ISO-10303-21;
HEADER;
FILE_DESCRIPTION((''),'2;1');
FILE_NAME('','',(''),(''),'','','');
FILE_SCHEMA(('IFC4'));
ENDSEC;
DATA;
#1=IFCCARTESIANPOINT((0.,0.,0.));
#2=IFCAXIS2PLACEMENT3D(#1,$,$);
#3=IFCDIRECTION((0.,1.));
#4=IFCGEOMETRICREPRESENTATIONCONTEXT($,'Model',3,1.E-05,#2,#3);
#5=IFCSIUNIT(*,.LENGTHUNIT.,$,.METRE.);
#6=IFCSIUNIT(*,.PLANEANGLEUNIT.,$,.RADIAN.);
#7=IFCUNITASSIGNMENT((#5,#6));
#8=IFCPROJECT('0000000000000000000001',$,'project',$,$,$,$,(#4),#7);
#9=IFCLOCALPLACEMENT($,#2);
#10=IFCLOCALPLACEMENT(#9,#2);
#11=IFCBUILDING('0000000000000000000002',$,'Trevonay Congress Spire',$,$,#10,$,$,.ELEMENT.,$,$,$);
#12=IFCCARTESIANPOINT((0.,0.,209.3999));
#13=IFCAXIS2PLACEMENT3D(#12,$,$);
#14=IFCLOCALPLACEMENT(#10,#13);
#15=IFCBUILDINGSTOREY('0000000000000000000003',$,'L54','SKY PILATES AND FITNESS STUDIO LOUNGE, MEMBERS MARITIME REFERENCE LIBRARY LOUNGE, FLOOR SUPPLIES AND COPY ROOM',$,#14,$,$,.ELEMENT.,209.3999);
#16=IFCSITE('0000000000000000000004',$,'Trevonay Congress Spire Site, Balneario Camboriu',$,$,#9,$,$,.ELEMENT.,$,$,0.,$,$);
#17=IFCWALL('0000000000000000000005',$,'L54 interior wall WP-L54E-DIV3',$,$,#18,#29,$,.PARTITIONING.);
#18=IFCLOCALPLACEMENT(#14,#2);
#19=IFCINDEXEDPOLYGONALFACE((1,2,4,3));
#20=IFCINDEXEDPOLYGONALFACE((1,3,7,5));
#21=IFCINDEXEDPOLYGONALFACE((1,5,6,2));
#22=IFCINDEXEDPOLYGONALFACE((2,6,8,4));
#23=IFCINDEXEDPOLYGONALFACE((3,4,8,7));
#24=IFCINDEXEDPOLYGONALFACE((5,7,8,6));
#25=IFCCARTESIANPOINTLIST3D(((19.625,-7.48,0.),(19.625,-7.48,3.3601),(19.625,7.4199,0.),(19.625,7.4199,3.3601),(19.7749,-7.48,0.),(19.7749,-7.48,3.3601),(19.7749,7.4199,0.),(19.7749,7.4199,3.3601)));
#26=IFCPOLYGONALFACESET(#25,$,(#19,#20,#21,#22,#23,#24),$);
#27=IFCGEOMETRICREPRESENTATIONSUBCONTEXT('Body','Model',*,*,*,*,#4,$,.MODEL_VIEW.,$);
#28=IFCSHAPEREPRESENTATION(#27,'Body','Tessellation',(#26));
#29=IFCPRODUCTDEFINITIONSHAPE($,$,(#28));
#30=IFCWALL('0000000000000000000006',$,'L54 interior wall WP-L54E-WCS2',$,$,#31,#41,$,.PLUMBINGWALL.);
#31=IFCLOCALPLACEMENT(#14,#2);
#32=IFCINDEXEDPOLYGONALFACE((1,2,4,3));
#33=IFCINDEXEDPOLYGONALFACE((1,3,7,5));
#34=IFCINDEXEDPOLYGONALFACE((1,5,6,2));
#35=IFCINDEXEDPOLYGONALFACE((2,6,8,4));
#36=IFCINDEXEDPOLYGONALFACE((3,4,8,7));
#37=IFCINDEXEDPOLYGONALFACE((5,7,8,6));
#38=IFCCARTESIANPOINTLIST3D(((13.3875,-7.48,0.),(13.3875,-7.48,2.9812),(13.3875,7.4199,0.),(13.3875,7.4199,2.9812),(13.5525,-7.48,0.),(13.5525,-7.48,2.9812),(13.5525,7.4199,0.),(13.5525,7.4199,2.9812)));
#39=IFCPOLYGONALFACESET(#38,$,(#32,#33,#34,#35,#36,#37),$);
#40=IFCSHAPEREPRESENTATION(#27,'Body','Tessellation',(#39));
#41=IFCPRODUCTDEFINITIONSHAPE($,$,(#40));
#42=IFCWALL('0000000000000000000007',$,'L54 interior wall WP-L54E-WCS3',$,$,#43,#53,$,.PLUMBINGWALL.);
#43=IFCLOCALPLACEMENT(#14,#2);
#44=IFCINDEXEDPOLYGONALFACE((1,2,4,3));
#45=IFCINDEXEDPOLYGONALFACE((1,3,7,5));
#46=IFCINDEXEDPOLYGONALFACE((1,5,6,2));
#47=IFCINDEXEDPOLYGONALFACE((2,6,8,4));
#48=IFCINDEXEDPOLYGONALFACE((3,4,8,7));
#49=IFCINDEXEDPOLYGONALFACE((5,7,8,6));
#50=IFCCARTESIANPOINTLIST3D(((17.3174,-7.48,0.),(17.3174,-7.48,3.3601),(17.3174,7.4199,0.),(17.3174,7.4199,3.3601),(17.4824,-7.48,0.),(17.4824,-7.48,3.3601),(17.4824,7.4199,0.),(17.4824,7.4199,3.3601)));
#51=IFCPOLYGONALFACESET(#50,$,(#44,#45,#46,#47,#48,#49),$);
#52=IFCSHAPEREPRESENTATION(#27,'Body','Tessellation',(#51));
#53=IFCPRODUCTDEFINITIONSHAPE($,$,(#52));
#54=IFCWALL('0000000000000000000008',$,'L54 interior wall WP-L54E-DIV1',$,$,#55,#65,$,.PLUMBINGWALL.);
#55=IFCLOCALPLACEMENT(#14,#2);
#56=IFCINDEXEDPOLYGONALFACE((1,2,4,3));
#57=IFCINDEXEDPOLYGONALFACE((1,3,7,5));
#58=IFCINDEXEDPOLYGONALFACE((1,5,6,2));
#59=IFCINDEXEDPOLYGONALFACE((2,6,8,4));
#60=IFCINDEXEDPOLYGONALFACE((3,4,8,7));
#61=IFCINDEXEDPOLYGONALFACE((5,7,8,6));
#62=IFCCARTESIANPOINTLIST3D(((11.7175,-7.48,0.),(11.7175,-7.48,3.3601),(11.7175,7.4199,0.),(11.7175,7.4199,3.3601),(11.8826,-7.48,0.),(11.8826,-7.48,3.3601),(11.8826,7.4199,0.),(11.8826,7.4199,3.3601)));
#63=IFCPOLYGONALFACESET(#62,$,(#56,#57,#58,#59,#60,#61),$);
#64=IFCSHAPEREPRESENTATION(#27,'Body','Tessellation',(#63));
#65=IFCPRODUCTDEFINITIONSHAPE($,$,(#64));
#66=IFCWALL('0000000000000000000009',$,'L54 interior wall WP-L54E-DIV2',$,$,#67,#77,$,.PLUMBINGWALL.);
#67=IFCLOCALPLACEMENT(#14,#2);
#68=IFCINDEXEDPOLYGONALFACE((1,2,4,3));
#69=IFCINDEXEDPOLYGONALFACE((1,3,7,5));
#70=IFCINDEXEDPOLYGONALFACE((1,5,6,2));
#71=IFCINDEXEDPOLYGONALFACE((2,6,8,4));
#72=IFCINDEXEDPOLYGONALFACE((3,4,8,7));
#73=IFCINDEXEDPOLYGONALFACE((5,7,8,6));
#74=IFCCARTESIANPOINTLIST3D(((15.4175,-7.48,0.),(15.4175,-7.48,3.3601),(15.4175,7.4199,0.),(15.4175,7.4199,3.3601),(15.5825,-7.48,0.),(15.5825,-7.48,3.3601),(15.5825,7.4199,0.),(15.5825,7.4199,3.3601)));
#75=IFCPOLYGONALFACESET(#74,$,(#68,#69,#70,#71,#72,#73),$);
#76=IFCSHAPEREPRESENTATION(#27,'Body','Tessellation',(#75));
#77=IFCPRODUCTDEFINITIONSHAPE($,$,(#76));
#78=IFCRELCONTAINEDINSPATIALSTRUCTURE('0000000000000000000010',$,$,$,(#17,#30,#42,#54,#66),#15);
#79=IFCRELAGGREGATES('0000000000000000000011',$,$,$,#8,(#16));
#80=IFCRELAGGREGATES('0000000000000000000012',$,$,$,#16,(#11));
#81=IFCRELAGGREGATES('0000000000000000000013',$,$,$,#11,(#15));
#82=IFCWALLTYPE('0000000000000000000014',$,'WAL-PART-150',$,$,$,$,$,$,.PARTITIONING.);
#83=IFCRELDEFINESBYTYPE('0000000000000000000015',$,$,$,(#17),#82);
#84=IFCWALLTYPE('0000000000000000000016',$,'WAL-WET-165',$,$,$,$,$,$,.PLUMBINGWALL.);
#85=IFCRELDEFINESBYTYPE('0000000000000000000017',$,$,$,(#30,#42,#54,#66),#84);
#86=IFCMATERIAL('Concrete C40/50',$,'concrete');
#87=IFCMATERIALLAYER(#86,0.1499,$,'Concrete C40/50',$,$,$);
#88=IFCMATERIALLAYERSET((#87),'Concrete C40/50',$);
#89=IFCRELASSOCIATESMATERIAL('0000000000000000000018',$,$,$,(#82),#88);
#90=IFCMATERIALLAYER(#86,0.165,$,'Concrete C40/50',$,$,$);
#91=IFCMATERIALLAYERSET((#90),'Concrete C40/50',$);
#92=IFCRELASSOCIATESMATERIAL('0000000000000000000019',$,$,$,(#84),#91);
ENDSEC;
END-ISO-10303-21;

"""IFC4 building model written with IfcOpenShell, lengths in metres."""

from ifc_helpers import new_model, si_unit, direction, frame, frame_2d, origin, place, context, subcontext, project, spatial, rectangle, extrude, material, layer, layer_set, type_object, element, save


model = new_model("IFC4")

# Units and contexts
model_context = context("Model", 3, precision=1e-05, world=origin(), true_north=direction((0.0, 1.0)))
body_context = subcontext(model_context, "Body", "Model", "MODEL_VIEW")
ifc_project = project(units=[si_unit("LENGTHUNIT", "METRE"), si_unit("PLANEANGLEUNIT", "RADIAN")], contexts=[model_context])

# Site, building, storey
site_placement = place(None, origin())
site = spatial("IfcSite", under=ifc_project, at=site_placement, Name="Trevonay Congress Spire Site, Balneario Camboriu", CompositionType="ELEMENT", RefElevation=0.0)
building_placement = place(site_placement, origin())
building = spatial("IfcBuilding", under=site, at=building_placement, Name="Trevonay Congress Spire", CompositionType="ELEMENT")
storey_placement = place(building_placement, frame((0.0, 0.0, 209.3999)))
storey = spatial("IfcBuildingStorey", under=building, at=storey_placement, Name="L54", Description="SKY PILATES AND FITNESS STUDIO LOUNGE, MEMBERS MARITIME REFERENCE LIBRARY LOUNGE, FLOOR SUPPLIES AND COPY ROOM", CompositionType="ELEMENT", Elevation=209.3999)

# Shared definitions
ifc_material_1 = material(Name="Concrete C40/50", Category="concrete")

# Walls
ifc_layer_1 = layer(ifc_material_1, 0.1499, Name="Concrete C40/50")
ifc_layer_set_1 = layer_set([ifc_layer_1], Name="Concrete C40/50")
wall_type_1 = type_object("IfcWallType", Name="WAL-PART-150", PredefinedType="PARTITIONING", material=ifc_layer_set_1)
wall_1_placement = place(storey_placement, frame((19.7, -7.48, 0.0), z_axis=(0.0, 0.0, 1.0), x_axis=(0.0, 1.0, 0.0)))
element("IfcWall", 1, at=wall_1_placement, inside=storey, type_object=wall_type_1, Name="L54 interior wall WP-L54E-DIV3", PredefinedType="PARTITIONING", context=body_context, shape_type="SweptSolid", body=[
    extrude(rectangle(XDim=14.8999, YDim=0.1499, at=frame_2d((7.45, 0.0))), origin(), (0.0, 0.0, 1.0), 3.3601),
])
ifc_layer_2 = layer(ifc_material_1, 0.165, Name="Concrete C40/50")
ifc_layer_set_2 = layer_set([ifc_layer_2], Name="Concrete C40/50")
wall_type_2 = type_object("IfcWallType", Name="WAL-WET-165", PredefinedType="PLUMBINGWALL", material=ifc_layer_set_2)
wall_2_placement = place(storey_placement, frame((13.47, -7.48, 0.0), z_axis=(0.0, 0.0, 1.0), x_axis=(0.0, 1.0, 0.0)))
element("IfcWall", 2, at=wall_2_placement, inside=storey, type_object=wall_type_2, Name="L54 interior wall WP-L54E-WCS2", PredefinedType="PLUMBINGWALL", context=body_context, shape_type="SweptSolid", body=[
    extrude(rectangle(XDim=14.8999, YDim=0.165, at=frame_2d((7.45, 0.0))), origin(), (0.0, 0.0, 1.0), 2.9812),
])
for number, where, z_axis, x_axis, name in (
    (3, (17.3999, -7.48, 0.0), (0.0, 0.0, 1.0), (0.0, 1.0, 0.0), "L54 interior wall WP-L54E-WCS3"),
    (4, (11.8, -7.48, 0.0), (0.0, 0.0, 1.0), (0.0, 1.0, 0.0), "L54 interior wall WP-L54E-DIV1"),
    (5, (15.5, -7.48, 0.0), (0.0, 0.0, 1.0), (0.0, 1.0, 0.0), "L54 interior wall WP-L54E-DIV2"),
):
    element("IfcWall", number, at=place(storey_placement, frame(where, z_axis=z_axis, x_axis=x_axis)), inside=storey, type_object=wall_type_2, Name=name, PredefinedType="PLUMBINGWALL", context=body_context, shape_type="SweptSolid", body=[
        extrude(rectangle(XDim=14.8999, YDim=0.165, at=frame_2d((7.45, 0.0))), origin(), (0.0, 0.0, 1.0), 3.3601),
    ])

save(model, "model.ifc")
